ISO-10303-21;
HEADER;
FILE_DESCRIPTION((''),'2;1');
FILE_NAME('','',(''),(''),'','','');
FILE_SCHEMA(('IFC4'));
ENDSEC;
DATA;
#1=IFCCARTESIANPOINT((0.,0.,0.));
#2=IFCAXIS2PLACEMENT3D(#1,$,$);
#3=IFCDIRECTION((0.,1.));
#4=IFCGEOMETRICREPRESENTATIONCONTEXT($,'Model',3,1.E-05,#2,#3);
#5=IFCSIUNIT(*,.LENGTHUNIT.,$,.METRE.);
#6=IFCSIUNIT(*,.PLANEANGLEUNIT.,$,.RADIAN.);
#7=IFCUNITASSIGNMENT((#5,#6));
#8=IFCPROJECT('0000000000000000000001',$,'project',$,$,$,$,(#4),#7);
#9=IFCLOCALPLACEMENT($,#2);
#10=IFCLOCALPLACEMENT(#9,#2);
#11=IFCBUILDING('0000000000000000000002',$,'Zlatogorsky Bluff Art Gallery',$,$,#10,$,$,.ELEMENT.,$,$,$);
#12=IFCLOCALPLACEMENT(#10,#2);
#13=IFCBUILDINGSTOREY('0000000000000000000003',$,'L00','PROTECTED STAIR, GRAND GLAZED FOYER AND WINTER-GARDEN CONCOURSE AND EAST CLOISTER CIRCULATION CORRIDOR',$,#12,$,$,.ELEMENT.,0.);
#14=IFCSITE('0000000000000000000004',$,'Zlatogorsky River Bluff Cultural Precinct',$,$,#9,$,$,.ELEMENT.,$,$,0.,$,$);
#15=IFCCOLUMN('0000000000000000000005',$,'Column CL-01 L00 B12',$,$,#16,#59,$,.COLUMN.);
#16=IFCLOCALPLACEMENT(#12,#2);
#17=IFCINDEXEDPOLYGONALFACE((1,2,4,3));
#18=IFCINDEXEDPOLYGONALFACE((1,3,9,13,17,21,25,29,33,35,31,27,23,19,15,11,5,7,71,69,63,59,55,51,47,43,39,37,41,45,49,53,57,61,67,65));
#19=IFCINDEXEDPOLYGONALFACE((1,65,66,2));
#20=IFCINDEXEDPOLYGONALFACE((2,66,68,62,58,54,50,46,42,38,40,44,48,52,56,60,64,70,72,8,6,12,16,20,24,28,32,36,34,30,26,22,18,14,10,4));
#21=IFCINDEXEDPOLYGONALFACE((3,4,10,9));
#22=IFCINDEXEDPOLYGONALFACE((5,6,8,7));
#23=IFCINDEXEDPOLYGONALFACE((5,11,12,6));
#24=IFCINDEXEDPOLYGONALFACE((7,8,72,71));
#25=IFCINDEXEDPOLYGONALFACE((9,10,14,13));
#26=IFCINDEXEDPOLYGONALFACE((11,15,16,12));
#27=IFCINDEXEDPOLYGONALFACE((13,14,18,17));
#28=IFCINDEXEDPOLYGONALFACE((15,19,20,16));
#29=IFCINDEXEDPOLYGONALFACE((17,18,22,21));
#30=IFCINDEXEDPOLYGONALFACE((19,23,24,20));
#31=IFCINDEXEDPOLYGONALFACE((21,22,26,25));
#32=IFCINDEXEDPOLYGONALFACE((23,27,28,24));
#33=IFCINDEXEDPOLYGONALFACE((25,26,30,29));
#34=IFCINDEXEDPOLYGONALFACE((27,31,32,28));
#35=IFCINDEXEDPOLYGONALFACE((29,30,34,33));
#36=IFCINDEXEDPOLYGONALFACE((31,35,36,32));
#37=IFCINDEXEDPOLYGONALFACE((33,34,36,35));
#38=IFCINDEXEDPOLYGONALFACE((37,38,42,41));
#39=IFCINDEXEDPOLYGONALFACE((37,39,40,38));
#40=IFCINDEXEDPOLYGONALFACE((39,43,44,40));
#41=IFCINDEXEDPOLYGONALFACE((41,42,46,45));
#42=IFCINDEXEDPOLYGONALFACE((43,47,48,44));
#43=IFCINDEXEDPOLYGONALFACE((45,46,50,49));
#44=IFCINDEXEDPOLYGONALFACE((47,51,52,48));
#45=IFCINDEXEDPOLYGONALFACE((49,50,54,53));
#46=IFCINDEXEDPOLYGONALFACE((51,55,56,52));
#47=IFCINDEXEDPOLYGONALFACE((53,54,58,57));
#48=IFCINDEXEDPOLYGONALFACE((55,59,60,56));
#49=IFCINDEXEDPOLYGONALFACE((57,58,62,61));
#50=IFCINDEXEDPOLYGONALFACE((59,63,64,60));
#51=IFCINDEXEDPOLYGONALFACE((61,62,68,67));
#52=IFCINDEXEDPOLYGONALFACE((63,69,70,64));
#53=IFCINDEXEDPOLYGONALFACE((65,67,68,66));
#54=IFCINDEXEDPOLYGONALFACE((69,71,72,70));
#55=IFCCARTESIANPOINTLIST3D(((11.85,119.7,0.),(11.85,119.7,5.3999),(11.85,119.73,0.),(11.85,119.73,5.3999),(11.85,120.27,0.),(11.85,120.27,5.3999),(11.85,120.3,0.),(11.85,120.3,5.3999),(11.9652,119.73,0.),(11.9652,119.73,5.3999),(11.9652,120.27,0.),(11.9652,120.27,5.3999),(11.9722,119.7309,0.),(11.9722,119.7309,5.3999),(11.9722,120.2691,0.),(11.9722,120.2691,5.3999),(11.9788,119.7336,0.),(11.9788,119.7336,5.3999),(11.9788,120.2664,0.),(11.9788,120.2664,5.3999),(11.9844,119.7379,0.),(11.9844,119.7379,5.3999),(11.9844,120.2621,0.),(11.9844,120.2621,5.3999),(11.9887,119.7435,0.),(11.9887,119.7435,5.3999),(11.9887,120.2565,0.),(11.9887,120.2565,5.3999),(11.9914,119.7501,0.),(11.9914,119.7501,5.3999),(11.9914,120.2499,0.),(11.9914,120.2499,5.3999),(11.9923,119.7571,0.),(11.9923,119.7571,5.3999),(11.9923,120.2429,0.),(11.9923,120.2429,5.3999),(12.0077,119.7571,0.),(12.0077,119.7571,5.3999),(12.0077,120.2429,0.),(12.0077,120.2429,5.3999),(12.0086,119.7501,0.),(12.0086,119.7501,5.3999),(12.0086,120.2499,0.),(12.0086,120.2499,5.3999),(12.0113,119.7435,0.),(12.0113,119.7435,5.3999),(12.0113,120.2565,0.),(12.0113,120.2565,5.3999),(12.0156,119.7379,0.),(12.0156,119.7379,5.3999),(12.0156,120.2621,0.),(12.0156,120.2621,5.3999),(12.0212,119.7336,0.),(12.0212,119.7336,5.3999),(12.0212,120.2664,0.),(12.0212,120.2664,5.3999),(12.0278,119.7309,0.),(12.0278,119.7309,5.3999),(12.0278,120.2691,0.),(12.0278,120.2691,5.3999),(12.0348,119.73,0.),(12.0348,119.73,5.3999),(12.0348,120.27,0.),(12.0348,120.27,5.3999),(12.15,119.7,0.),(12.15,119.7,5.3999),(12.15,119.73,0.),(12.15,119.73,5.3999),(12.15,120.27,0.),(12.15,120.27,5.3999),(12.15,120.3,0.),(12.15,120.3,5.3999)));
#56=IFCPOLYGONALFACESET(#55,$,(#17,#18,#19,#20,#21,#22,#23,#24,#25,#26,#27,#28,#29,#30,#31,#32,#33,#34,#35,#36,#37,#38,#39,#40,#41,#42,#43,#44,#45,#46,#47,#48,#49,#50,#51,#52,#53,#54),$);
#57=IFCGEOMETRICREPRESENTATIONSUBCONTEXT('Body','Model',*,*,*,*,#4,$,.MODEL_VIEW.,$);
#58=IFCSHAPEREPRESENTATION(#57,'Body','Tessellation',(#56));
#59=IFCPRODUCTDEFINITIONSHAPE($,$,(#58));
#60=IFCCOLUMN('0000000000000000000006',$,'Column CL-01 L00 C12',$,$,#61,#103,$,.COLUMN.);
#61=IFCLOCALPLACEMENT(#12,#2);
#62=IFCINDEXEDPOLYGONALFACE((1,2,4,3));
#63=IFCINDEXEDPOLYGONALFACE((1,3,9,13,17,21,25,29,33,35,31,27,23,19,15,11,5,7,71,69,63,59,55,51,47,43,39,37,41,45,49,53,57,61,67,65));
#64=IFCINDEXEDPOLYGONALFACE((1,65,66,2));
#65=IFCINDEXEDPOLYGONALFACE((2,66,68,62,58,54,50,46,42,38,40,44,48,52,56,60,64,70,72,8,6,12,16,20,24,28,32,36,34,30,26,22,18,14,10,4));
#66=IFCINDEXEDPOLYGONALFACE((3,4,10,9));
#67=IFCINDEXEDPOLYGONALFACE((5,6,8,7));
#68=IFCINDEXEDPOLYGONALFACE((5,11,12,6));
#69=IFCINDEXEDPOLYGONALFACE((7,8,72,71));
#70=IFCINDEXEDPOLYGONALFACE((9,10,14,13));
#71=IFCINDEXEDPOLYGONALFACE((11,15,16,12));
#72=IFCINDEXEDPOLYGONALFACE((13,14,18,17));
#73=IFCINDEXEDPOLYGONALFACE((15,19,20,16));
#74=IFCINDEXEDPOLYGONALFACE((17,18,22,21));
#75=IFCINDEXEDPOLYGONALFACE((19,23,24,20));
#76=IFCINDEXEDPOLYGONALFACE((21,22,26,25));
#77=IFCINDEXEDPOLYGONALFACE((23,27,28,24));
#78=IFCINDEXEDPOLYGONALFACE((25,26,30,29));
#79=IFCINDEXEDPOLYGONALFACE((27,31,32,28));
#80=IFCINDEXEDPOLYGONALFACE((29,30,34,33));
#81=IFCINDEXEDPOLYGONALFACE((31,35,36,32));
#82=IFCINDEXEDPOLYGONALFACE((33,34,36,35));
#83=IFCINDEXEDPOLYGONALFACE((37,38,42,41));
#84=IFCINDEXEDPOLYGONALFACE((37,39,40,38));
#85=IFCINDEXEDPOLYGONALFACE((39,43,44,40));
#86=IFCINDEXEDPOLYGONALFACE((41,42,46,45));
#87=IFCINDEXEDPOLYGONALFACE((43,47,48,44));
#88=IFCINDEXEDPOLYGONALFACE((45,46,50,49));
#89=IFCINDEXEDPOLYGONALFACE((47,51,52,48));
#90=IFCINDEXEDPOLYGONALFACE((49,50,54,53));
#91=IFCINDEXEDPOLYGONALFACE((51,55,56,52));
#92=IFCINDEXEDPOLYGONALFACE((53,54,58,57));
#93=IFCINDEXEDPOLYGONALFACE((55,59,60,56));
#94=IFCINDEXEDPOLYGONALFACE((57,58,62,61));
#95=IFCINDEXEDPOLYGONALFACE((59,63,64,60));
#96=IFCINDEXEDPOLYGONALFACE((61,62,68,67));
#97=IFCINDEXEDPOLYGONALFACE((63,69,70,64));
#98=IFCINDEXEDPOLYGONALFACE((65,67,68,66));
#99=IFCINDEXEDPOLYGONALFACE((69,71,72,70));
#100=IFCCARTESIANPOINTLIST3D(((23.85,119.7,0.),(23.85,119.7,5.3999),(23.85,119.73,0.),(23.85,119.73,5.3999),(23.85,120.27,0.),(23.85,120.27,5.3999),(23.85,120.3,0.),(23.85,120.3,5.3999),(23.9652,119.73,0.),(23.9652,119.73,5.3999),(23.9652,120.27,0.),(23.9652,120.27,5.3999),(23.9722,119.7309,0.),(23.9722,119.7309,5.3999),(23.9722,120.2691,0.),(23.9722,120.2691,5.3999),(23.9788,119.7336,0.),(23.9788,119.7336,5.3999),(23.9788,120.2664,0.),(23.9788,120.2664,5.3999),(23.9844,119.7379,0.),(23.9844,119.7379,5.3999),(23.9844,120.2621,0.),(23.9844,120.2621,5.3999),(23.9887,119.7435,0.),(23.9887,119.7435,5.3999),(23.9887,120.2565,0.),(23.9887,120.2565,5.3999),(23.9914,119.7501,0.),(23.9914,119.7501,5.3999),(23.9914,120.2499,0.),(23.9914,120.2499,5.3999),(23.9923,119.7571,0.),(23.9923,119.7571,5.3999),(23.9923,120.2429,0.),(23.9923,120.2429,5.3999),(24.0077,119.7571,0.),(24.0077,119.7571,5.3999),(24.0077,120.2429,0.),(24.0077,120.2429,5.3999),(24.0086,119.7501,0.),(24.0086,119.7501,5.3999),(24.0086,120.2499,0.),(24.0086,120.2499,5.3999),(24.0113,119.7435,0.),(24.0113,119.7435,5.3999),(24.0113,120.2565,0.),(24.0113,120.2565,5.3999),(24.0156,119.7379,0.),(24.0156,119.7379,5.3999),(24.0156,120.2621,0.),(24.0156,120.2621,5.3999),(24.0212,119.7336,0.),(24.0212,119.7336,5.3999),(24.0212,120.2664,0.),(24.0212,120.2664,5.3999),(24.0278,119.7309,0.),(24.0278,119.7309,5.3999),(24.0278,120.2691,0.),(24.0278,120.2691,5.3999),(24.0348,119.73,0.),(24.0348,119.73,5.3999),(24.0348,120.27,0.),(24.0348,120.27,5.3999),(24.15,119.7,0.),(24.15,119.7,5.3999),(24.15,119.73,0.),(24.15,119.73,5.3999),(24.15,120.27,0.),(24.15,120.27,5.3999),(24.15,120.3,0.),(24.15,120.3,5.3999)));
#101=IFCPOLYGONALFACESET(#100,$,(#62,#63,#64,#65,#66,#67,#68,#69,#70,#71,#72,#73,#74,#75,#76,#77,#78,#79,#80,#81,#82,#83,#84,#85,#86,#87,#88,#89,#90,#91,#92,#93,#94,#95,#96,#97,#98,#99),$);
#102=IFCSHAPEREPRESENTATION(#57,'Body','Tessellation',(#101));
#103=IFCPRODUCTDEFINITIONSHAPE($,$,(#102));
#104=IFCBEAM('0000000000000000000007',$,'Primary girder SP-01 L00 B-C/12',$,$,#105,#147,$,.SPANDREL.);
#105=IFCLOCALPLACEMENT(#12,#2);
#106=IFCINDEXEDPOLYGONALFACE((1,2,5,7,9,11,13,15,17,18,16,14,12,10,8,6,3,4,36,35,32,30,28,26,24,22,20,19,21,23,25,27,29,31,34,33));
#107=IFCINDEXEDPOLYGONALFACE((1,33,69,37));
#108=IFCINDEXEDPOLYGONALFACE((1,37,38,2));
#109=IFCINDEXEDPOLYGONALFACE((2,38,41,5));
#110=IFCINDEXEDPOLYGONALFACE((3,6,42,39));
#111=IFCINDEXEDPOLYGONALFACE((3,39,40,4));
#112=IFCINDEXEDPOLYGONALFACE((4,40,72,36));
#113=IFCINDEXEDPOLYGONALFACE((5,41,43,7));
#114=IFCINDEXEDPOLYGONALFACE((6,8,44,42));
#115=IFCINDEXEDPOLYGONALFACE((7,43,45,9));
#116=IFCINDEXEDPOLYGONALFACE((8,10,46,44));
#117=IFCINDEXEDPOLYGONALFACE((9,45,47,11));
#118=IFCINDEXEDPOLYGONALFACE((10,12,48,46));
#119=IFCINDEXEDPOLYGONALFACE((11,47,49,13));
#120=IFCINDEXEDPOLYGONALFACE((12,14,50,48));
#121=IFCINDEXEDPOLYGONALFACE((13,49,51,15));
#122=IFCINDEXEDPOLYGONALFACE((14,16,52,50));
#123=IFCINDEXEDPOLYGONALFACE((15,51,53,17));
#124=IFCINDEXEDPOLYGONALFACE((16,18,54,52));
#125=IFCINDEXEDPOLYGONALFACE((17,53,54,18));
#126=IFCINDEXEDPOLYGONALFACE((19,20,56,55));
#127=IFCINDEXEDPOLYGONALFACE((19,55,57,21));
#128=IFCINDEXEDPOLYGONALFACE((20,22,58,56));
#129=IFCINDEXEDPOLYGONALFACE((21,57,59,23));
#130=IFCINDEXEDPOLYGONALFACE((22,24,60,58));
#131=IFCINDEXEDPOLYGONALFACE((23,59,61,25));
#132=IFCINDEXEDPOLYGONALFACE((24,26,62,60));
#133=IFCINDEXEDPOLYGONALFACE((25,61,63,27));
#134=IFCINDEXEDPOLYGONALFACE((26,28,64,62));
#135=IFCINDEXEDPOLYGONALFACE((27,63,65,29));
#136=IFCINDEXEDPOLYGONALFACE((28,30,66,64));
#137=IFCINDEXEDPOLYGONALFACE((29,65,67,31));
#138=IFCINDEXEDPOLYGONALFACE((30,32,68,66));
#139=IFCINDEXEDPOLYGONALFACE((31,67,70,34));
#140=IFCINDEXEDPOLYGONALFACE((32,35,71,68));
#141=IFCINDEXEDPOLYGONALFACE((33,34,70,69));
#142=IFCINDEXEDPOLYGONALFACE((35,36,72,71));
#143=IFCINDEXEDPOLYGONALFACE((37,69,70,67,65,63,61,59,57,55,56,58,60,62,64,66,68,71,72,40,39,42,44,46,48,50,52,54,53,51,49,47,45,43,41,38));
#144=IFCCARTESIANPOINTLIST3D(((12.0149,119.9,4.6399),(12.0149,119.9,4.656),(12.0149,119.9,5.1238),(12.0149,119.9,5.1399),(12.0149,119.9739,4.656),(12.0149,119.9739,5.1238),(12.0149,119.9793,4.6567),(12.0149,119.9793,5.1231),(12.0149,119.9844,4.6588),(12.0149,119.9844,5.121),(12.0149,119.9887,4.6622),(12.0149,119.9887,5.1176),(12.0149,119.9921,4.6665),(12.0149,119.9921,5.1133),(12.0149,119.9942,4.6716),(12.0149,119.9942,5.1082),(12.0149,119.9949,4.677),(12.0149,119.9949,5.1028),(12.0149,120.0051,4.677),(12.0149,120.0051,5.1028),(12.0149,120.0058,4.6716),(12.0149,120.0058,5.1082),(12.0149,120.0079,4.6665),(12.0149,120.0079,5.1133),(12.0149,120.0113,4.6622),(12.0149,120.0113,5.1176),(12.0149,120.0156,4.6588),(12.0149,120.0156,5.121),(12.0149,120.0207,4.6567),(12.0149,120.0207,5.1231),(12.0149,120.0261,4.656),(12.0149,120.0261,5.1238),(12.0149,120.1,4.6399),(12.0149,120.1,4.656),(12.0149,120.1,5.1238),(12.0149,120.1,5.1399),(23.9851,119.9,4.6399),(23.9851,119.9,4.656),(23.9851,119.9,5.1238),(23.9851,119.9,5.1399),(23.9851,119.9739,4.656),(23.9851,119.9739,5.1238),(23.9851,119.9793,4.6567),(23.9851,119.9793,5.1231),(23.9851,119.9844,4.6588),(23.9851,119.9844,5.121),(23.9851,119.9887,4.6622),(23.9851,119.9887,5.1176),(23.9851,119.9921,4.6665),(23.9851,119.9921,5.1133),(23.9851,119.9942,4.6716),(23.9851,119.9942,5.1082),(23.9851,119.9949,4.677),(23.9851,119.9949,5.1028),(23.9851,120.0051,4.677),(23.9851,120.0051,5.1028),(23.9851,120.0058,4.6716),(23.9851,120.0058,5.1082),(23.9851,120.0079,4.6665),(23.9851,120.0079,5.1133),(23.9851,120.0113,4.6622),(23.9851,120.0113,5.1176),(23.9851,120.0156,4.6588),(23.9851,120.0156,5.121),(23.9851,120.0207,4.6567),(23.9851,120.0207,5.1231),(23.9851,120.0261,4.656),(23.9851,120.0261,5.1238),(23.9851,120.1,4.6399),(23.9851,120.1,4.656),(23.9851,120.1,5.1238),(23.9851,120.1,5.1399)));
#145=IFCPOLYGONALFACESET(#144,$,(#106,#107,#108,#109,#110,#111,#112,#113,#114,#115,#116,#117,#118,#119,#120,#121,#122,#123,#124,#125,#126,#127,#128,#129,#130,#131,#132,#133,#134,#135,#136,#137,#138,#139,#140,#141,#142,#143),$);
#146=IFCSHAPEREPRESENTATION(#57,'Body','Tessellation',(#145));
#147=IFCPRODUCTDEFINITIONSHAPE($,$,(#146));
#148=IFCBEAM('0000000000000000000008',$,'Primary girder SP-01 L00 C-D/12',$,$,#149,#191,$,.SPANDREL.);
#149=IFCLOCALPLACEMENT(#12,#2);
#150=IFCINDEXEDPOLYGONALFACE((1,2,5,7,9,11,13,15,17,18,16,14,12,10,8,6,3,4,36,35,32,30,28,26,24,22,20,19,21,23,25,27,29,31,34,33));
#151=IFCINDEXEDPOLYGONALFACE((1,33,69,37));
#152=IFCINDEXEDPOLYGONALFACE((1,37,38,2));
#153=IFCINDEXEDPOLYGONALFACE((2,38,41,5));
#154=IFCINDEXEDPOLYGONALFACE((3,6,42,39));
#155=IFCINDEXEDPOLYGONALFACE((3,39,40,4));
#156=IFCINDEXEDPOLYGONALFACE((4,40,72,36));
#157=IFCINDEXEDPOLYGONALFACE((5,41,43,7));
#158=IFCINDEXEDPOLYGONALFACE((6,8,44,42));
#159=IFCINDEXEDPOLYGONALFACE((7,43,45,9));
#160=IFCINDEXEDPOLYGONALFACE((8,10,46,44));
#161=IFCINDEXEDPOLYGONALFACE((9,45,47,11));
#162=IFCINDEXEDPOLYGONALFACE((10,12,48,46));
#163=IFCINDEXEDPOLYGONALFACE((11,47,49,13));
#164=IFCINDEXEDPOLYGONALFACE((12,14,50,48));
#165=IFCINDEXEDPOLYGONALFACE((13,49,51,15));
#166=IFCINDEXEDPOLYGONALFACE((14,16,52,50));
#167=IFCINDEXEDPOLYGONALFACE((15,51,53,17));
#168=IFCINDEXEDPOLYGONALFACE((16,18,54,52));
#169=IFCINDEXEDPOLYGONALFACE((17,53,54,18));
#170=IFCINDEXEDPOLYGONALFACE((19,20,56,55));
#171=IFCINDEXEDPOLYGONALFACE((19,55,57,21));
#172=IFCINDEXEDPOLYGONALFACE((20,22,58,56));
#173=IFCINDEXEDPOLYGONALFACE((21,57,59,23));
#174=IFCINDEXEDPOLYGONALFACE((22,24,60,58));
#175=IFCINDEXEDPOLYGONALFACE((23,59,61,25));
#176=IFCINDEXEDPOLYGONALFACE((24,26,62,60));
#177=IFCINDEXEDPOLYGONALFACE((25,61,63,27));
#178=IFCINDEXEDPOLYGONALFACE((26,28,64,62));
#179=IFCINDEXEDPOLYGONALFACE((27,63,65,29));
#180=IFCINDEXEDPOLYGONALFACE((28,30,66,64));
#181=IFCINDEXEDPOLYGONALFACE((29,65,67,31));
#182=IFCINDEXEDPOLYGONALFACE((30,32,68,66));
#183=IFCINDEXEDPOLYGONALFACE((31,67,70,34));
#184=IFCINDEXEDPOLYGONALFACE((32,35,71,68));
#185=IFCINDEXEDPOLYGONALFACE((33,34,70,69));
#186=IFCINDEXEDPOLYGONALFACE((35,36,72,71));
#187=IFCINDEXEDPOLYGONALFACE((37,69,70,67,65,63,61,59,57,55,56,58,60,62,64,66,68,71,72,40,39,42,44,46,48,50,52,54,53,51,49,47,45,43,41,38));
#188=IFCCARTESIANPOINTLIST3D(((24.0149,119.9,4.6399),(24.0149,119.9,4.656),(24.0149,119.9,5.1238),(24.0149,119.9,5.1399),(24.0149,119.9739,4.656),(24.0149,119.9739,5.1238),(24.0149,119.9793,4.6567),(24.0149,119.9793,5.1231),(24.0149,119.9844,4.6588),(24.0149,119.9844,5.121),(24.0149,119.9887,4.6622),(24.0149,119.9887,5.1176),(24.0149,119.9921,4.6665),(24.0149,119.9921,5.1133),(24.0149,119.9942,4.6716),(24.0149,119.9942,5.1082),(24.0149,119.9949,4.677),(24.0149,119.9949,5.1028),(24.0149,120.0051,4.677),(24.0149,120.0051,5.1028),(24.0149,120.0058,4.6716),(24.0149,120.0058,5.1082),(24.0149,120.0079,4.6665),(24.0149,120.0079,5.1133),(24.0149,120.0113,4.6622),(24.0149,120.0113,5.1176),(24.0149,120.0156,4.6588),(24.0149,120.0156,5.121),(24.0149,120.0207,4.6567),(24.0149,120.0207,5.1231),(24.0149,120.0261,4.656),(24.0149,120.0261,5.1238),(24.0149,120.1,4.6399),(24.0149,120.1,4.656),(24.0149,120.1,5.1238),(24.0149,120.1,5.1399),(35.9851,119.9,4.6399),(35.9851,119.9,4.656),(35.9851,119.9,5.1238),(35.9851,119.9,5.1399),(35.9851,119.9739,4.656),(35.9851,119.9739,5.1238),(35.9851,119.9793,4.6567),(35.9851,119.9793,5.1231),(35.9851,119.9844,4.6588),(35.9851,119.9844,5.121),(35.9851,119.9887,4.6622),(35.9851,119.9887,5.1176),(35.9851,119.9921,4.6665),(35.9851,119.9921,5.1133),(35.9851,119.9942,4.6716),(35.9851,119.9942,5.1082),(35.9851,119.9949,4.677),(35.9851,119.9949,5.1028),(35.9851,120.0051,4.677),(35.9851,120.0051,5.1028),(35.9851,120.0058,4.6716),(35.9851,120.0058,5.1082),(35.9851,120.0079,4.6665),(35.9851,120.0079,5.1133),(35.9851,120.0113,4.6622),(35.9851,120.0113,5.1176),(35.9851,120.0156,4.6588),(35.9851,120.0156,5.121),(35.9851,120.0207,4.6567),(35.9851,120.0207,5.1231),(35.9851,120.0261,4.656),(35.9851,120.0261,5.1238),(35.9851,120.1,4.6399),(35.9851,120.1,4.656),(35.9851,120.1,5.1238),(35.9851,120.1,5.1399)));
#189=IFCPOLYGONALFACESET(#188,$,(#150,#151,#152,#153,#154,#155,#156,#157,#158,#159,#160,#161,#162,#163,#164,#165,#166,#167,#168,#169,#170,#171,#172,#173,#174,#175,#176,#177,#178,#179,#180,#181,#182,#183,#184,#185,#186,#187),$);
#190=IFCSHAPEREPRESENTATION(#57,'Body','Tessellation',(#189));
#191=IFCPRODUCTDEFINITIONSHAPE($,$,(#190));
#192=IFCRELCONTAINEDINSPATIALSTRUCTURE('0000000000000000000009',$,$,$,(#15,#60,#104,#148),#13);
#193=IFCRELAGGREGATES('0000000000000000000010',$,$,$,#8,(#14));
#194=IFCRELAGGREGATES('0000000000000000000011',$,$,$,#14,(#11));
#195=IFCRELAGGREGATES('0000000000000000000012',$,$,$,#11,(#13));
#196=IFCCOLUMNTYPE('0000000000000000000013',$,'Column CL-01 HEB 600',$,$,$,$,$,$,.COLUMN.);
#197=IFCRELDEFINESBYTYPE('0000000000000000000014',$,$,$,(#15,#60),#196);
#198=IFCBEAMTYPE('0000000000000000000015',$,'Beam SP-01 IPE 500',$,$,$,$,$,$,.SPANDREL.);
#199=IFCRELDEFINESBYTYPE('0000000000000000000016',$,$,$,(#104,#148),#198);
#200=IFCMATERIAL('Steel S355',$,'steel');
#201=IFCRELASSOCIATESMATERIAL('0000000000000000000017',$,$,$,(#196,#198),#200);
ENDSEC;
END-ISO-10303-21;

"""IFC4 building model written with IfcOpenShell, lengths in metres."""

from ifc_helpers import new_model, si_unit, direction, frame, origin, origin_2d, place, context, subcontext, project, spatial, i_section, extrude, material, material_profile, profile_set, type_object, element, save


model = new_model("IFC4")

# Units and contexts
model_context = context("Model", 3, precision=1e-05, world=origin(), true_north=direction((0.0, 1.0)))
body_context = subcontext(model_context, "Body", "Model", "MODEL_VIEW")
ifc_project = project(units=[si_unit("LENGTHUNIT", "METRE"), si_unit("PLANEANGLEUNIT", "RADIAN")], contexts=[model_context])

# Site, building, storey
site_placement = place(None, origin())
site = spatial("IfcSite", under=ifc_project, at=site_placement, Name="Zlatogorsky River Bluff Cultural Precinct", CompositionType="ELEMENT", RefElevation=0.0)
building_placement = place(site_placement, origin())
building = spatial("IfcBuilding", under=site, at=building_placement, Name="Zlatogorsky Bluff Art Gallery", CompositionType="ELEMENT")
storey_placement = place(building_placement, origin())
storey = spatial("IfcBuildingStorey", under=building, at=storey_placement, Name="L00", Description="PROTECTED STAIR, GRAND GLAZED FOYER AND WINTER-GARDEN CONCOURSE AND EAST CLOISTER CIRCULATION CORRIDOR", CompositionType="ELEMENT", Elevation=0.0)

# Columns
ifc_material_1 = material(Name="Steel S355", Category="steel")
ifc_material_profile_1 = material_profile(ifc_material_1, i_section(OverallWidth=0.3, OverallDepth=0.6001, WebThickness=0.0154, FlangeThickness=0.03, FilletRadius=0.0271, at=origin_2d()), Name="HEB 600")
ifc_profile_set_1 = profile_set([ifc_material_profile_1], Name="Steel S355")
column_type = type_object("IfcColumnType", Name="Column CL-01 HEB 600", PredefinedType="COLUMN", material=ifc_profile_set_1)
for number, where, z_axis, x_axis, name in (
    (1, (12.0, 120.0, 0.0), (0.0, 0.0, 1.0), (1.0, 0.0, 0.0), "Column CL-01 L00 B12"),
    (2, (24.0, 120.0, 0.0), (0.0, 0.0, 1.0), (1.0, 0.0, 0.0), "Column CL-01 L00 C12"),
):
    element("IfcColumn", number, at=place(storey_placement, frame(where, z_axis=z_axis, x_axis=x_axis)), inside=storey, type_object=column_type, Name=name, PredefinedType="COLUMN", context=body_context, shape_type="SweptSolid", body=[
        extrude(i_section(OverallWidth=0.3, OverallDepth=0.6001, WebThickness=0.0154, FlangeThickness=0.03, FilletRadius=0.0271, at=origin_2d()), origin(), (0.0, 0.0, 1.0), 5.3999),
    ])

# Beams
ifc_material_profile_2 = material_profile(ifc_material_1, i_section(OverallWidth=0.2, OverallDepth=0.5, WebThickness=0.0103, FlangeThickness=0.0161, FilletRadius=0.021, at=origin_2d()), Name="IPE 500")
ifc_profile_set_2 = profile_set([ifc_material_profile_2], Name="Steel S355")
beam_type = type_object("IfcBeamType", Name="Beam SP-01 IPE 500", PredefinedType="SPANDREL", material=ifc_profile_set_2)
for number, where, z_axis, x_axis, name in (
    (3, (12.0149, 120.0, 4.8899), (1.0, 0.0, 0.0), (0.0, 1.0, 0.0), "Primary girder SP-01 L00 B-C/12"),
    (4, (24.0149, 120.0, 4.8899), (1.0, 0.0, 0.0), (0.0, 1.0, 0.0), "Primary girder SP-01 L00 C-D/12"),
):
    element("IfcBeam", number, at=place(storey_placement, frame(where, z_axis=z_axis, x_axis=x_axis)), inside=storey, type_object=beam_type, Name=name, PredefinedType="SPANDREL", context=body_context, shape_type="SweptSolid", body=[
        extrude(i_section(OverallWidth=0.2, OverallDepth=0.5, WebThickness=0.0103, FlangeThickness=0.0161, FilletRadius=0.021, at=origin_2d()), origin(), (0.0, 0.0, 1.0), 11.9702),
    ])

save(model, "model.ifc")
